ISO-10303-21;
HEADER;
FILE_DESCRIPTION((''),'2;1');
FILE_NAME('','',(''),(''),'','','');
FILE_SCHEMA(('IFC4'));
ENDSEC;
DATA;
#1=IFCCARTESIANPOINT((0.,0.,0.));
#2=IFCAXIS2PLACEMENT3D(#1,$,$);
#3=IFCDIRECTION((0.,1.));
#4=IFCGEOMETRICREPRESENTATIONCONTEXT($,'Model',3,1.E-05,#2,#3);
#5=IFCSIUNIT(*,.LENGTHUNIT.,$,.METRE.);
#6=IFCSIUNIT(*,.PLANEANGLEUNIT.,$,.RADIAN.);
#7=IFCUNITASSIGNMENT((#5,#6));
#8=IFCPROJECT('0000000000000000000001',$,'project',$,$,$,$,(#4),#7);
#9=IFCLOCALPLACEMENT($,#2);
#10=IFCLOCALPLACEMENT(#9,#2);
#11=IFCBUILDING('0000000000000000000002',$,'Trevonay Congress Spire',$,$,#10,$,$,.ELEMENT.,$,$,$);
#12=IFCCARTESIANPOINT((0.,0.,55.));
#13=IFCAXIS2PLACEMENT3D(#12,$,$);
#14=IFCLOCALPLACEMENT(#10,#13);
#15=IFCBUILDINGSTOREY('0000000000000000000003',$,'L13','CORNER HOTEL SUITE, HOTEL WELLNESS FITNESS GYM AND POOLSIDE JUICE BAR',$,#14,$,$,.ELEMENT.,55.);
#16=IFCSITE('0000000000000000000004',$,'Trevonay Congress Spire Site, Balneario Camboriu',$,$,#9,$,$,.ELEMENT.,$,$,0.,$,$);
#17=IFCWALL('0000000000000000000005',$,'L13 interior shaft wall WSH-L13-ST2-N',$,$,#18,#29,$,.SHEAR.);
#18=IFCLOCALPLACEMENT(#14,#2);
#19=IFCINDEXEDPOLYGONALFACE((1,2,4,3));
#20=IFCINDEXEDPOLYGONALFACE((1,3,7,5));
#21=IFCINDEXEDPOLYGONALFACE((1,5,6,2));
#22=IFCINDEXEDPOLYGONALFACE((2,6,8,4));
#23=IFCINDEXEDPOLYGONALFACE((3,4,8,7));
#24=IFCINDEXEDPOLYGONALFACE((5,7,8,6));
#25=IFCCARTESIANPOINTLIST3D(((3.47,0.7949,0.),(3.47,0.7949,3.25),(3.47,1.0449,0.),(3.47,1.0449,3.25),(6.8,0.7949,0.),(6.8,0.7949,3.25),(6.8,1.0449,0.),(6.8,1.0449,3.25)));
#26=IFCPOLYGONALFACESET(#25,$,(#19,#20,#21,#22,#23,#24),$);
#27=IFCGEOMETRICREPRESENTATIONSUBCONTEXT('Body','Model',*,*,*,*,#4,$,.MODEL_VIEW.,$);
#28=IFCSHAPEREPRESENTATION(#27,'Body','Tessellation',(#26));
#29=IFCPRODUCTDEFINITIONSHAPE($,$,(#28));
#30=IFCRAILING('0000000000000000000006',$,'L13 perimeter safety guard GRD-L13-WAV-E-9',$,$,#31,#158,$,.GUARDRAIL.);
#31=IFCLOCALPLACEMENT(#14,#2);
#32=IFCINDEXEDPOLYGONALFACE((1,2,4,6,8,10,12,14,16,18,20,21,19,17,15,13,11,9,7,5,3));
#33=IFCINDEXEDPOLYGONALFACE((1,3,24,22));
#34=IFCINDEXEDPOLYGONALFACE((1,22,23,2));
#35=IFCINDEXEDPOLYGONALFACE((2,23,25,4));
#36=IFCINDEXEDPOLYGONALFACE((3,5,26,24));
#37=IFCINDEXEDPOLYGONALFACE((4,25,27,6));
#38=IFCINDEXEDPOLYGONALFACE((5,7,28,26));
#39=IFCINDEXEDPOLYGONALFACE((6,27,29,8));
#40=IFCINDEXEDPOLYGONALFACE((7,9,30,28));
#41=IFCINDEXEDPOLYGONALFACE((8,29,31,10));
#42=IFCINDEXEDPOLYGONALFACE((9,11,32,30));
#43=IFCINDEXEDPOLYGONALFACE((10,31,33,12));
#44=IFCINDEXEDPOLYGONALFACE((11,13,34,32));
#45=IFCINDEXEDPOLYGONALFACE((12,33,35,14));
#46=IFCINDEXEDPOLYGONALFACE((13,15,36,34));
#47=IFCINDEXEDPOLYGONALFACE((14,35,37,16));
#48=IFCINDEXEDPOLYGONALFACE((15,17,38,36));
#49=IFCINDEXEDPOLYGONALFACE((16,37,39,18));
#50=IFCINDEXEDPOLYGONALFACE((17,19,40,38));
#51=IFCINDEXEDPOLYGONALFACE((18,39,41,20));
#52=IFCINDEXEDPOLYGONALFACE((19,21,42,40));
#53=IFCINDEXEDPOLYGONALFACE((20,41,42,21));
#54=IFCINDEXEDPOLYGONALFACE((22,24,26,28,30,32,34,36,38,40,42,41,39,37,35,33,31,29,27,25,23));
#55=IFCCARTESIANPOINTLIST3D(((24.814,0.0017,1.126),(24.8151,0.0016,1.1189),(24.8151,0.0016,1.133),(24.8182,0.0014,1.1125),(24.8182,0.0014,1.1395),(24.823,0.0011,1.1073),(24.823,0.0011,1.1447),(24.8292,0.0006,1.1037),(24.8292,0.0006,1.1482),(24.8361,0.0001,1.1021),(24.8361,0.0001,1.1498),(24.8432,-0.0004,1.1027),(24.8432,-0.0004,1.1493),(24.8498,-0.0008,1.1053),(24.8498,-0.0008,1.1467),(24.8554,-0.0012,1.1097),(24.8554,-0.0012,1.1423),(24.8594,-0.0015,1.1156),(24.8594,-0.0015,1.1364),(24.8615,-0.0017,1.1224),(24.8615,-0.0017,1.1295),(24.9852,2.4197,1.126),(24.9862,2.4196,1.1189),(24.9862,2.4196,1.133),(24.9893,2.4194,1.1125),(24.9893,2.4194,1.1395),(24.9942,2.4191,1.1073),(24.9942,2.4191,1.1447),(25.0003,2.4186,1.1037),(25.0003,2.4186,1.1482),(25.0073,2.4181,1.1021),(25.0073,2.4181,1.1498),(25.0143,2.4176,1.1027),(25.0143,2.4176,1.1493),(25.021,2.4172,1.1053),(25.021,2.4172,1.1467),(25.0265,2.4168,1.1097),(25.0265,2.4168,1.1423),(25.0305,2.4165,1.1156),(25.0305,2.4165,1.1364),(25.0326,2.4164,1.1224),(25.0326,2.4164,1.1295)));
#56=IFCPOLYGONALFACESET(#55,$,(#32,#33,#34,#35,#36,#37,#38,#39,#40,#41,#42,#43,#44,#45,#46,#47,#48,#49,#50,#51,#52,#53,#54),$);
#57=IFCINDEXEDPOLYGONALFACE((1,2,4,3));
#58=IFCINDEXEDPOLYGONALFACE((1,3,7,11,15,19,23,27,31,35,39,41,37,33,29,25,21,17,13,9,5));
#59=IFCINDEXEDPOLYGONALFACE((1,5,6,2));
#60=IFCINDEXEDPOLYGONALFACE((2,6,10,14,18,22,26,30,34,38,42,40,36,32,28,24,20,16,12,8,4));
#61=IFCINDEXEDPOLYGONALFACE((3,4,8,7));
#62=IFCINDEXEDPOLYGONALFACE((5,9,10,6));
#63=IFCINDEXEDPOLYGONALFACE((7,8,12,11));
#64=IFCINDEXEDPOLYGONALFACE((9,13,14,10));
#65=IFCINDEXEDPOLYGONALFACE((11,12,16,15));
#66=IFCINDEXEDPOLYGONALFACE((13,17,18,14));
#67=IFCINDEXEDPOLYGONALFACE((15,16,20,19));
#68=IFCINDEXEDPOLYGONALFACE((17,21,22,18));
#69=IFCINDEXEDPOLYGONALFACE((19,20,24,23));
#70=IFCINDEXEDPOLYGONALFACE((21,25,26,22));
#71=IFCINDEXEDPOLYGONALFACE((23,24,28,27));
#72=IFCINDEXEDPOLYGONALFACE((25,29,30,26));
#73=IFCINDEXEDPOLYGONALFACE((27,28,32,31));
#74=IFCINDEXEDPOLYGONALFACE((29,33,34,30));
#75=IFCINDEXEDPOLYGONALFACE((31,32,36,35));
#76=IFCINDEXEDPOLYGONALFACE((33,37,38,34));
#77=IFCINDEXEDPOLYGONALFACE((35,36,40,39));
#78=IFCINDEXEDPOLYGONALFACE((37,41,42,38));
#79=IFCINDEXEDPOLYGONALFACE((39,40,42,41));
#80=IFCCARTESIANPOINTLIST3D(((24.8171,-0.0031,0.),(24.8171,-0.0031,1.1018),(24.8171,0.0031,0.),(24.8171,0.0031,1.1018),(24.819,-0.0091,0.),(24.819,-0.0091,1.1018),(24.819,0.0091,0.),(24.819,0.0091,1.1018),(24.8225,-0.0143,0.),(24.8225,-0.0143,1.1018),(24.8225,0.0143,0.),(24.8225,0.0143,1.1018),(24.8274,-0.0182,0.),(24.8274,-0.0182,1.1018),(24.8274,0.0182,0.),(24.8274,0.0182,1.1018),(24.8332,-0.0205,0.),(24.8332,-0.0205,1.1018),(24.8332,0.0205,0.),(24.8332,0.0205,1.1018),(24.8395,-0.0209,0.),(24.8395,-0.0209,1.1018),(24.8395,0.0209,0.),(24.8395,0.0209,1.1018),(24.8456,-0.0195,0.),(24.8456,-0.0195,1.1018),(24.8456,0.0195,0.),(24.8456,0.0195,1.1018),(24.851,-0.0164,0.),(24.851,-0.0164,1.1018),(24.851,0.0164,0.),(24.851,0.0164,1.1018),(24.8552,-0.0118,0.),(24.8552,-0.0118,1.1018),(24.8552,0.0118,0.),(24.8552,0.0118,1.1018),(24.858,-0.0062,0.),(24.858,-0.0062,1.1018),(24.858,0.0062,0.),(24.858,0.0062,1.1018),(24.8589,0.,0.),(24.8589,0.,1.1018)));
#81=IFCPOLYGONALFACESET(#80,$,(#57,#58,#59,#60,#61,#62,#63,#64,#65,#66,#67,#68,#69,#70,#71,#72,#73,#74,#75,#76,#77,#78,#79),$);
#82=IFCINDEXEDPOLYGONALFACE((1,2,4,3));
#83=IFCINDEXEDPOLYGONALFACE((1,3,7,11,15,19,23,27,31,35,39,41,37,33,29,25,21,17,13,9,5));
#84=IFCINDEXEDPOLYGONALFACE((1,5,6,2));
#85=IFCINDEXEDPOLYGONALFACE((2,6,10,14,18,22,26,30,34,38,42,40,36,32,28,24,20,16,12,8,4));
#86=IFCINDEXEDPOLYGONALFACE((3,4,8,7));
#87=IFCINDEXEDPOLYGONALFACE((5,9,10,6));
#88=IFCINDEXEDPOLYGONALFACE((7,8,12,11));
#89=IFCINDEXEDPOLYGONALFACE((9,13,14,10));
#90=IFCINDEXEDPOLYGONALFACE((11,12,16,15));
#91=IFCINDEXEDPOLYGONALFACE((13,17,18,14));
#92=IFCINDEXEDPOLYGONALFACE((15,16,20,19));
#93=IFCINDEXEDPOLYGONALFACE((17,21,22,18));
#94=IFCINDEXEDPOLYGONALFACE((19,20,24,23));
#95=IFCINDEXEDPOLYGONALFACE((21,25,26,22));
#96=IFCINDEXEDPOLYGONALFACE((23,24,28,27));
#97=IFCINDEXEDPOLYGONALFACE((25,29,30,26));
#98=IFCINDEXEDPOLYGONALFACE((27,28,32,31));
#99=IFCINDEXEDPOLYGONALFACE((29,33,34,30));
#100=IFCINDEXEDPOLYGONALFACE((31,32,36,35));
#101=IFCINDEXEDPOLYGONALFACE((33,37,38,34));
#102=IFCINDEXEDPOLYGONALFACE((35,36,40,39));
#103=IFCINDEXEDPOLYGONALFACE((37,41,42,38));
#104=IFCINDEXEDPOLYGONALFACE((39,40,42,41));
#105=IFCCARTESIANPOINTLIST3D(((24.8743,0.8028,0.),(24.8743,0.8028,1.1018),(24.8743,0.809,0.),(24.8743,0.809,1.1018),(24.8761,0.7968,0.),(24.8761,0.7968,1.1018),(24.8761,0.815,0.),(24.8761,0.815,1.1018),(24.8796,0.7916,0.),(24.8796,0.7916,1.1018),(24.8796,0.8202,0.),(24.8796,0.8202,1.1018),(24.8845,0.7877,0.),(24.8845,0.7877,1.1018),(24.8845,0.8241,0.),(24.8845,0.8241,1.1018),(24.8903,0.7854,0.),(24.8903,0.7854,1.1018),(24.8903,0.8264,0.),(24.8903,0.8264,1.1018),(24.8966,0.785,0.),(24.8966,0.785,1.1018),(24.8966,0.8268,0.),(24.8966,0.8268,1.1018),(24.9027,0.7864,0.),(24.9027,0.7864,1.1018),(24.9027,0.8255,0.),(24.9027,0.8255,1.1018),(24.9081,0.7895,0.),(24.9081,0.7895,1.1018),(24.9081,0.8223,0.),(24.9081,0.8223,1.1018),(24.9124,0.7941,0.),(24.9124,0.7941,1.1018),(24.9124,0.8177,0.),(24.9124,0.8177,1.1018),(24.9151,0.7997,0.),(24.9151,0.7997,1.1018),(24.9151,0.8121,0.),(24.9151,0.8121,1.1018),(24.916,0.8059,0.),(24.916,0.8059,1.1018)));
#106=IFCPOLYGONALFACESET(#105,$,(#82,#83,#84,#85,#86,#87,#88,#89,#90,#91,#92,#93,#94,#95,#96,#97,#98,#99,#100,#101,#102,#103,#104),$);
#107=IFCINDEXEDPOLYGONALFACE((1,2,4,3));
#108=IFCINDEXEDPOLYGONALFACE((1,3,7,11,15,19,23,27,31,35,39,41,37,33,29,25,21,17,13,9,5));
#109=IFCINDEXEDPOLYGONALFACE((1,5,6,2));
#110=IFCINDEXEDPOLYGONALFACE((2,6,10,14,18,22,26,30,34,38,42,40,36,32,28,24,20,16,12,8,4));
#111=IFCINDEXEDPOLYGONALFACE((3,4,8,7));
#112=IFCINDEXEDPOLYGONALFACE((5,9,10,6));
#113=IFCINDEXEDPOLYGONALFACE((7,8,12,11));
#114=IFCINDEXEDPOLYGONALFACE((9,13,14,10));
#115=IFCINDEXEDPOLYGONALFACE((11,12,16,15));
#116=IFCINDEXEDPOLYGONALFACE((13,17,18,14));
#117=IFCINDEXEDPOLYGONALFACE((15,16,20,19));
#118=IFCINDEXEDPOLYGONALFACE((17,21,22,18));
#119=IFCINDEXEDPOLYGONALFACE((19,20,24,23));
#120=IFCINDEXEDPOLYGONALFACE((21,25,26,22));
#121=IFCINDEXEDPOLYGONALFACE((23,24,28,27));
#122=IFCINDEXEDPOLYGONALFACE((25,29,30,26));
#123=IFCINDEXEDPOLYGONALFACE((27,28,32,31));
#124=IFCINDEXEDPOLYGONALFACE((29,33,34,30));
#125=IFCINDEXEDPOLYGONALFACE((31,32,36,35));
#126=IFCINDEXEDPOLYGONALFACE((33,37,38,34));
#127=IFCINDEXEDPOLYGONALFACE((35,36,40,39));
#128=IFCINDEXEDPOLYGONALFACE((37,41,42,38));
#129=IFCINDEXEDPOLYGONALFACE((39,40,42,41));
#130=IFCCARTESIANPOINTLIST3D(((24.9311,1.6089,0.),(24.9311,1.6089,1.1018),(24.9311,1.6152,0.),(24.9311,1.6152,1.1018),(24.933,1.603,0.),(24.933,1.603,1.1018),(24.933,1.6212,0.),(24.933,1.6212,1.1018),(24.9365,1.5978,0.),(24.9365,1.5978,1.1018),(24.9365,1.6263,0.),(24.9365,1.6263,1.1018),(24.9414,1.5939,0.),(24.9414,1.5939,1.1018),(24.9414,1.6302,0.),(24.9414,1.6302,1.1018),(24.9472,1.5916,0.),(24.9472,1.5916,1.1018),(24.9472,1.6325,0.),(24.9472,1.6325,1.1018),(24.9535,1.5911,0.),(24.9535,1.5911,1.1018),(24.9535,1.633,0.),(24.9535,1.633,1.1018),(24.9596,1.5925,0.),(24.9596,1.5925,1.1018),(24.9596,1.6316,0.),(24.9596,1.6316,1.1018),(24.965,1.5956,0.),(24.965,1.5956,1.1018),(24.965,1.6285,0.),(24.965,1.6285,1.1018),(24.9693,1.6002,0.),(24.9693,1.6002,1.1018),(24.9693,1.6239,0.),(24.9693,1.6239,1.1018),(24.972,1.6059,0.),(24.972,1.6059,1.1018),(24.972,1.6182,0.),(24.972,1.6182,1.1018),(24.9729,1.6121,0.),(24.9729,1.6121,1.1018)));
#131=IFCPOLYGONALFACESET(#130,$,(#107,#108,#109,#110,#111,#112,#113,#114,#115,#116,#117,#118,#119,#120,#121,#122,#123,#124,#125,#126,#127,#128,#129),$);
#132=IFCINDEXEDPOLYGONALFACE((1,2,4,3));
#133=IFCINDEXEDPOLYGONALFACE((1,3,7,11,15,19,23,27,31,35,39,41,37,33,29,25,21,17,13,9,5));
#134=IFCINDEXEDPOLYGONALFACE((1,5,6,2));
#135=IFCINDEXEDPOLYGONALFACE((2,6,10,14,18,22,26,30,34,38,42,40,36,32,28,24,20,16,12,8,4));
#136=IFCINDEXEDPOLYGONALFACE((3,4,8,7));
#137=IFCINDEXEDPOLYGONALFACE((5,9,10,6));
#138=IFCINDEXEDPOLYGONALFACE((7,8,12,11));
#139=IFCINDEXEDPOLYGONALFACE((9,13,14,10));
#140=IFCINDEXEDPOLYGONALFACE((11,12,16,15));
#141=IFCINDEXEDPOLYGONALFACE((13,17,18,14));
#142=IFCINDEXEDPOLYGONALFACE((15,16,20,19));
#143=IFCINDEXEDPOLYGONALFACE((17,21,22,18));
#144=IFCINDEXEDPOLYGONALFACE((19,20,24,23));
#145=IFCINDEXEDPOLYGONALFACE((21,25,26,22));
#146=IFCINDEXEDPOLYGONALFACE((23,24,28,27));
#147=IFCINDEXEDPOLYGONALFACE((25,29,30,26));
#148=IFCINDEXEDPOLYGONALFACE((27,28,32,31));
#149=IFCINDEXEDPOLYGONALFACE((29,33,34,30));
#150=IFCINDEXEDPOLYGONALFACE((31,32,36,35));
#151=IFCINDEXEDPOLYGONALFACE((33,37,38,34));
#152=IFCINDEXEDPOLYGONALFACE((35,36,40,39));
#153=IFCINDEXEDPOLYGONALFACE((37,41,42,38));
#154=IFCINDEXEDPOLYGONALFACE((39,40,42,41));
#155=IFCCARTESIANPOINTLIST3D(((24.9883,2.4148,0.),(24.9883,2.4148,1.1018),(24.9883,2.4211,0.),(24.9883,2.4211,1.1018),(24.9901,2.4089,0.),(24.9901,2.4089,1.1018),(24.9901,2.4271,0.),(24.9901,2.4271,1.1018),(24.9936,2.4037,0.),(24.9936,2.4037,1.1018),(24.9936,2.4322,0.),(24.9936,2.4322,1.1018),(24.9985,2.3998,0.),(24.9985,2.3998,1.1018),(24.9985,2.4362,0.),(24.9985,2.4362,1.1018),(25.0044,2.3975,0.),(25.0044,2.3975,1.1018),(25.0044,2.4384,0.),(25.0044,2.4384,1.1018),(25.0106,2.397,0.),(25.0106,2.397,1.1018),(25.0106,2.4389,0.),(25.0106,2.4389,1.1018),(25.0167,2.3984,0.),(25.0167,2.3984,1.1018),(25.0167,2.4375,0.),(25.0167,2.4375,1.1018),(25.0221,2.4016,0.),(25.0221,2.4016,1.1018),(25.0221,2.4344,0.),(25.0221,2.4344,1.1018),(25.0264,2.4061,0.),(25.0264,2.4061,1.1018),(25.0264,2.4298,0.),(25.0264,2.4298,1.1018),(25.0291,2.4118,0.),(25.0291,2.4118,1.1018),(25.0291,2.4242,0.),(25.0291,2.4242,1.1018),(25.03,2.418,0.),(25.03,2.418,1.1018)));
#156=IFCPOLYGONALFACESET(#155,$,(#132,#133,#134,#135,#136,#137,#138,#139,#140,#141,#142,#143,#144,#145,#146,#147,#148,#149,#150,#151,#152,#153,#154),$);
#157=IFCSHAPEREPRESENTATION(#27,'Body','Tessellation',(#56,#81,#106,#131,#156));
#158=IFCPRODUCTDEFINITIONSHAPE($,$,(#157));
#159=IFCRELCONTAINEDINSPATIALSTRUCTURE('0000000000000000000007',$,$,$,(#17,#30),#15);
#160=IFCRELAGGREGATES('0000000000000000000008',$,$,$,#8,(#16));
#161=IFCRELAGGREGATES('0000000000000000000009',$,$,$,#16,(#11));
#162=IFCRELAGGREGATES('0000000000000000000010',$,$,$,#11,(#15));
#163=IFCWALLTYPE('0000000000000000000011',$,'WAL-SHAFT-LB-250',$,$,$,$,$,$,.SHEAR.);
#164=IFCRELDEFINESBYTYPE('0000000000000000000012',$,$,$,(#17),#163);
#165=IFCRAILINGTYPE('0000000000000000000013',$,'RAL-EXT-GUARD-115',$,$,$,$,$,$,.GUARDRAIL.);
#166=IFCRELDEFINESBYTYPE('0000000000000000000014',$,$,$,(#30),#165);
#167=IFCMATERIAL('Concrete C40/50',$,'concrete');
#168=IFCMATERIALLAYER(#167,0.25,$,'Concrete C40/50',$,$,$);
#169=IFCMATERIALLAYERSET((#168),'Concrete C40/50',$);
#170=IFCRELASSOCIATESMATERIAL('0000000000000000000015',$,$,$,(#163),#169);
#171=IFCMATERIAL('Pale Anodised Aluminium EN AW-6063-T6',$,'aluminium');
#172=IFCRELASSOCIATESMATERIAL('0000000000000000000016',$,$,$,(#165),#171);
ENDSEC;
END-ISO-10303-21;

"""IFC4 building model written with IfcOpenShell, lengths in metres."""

from ifc_helpers import new_model, si_unit, direction, frame, frame_2d, origin, origin_2d, place, context, subcontext, project, spatial, rectangle, circle, extrude, material, layer, layer_set, type_object, element, save


model = new_model("IFC4")

# Units and contexts
model_context = context("Model", 3, precision=1e-05, world=origin(), true_north=direction((0.0, 1.0)))
body_context = subcontext(model_context, "Body", "Model", "MODEL_VIEW")
ifc_project = project(units=[si_unit("LENGTHUNIT", "METRE"), si_unit("PLANEANGLEUNIT", "RADIAN")], contexts=[model_context])

# Site, building, storey
site_placement = place(None, origin())
site = spatial("IfcSite", under=ifc_project, at=site_placement, Name="Trevonay Congress Spire Site, Balneario Camboriu", CompositionType="ELEMENT", RefElevation=0.0)
building_placement = place(site_placement, origin())
building = spatial("IfcBuilding", under=site, at=building_placement, Name="Trevonay Congress Spire", CompositionType="ELEMENT")
storey_placement = place(building_placement, frame((0.0, 0.0, 55.0)))
storey = spatial("IfcBuildingStorey", under=building, at=storey_placement, Name="L13", Description="CORNER HOTEL SUITE, HOTEL WELLNESS FITNESS GYM AND POOLSIDE JUICE BAR", CompositionType="ELEMENT", Elevation=55.0)

# Shared definitions
ifc_material_1 = material(Name="Pale Anodised Aluminium EN AW-6063-T6", Category="aluminium")

# Shared definitions
ifc_material_2 = material(Name="Concrete C40/50", Category="concrete")

# Wall
ifc_layer_1 = layer(ifc_material_2, 0.25, Name="Concrete C40/50")
ifc_layer_set_1 = layer_set([ifc_layer_1], Name="Concrete C40/50")
wall_type_1 = type_object("IfcWallType", Name="WAL-SHAFT-LB-250", PredefinedType="SHEAR", material=ifc_layer_set_1)
wall_1_placement = place(storey_placement, frame((3.47, 0.9199, 0.0), z_axis=(0.0, 0.0, 1.0), x_axis=(1.0, 0.0, 0.0)))
element("IfcWall", 1, at=wall_1_placement, inside=storey, type_object=wall_type_1, Name="L13 interior shaft wall WSH-L13-ST2-N", PredefinedType="SHEAR", context=body_context, shape_type="SweptSolid", body=[
    extrude(rectangle(XDim=3.3301, YDim=0.25, at=frame_2d((1.665, 0.0))), origin(), (0.0, 0.0, 1.0), 3.25),
])

# Railing
railing_type = type_object("IfcRailingType", Name="RAL-EXT-GUARD-115", PredefinedType="GUARDRAIL", material=ifc_material_1)
railing_1_placement = place(storey_placement, frame((24.8379, 0.0, 0.0)))
element("IfcRailing", 2, at=railing_1_placement, inside=storey, type_object=railing_type, Name="L13 perimeter safety guard GRD-L13-WAV-E-9", PredefinedType="GUARDRAIL", context=body_context, shape_type="SweptSolid", body=[
    extrude(circle(Radius=0.0239, at=origin_2d()), frame((0.0, 0.0, 1.126), z_axis=(0.070603, 0.997505, 0.0), x_axis=(-0.997505, 0.070603, 0.0)), (0.0, 0.0, 1.0), 2.4241),
    extrude(circle(Radius=0.021, at=origin_2d()), origin(), (0.0, 0.0, 1.0), 1.1018),
    extrude(circle(Radius=0.021, at=origin_2d()), frame((0.0571, 0.8059, 0.0)), (0.0, 0.0, 1.0), 1.1018),
    extrude(circle(Radius=0.021, at=origin_2d()), frame((0.114, 1.6121, 0.0)), (0.0, 0.0, 1.0), 1.1018),
    extrude(circle(Radius=0.021, at=origin_2d()), frame((0.1711, 2.418, 0.0)), (0.0, 0.0, 1.0), 1.1018),
])

save(model, "model.ifc")
